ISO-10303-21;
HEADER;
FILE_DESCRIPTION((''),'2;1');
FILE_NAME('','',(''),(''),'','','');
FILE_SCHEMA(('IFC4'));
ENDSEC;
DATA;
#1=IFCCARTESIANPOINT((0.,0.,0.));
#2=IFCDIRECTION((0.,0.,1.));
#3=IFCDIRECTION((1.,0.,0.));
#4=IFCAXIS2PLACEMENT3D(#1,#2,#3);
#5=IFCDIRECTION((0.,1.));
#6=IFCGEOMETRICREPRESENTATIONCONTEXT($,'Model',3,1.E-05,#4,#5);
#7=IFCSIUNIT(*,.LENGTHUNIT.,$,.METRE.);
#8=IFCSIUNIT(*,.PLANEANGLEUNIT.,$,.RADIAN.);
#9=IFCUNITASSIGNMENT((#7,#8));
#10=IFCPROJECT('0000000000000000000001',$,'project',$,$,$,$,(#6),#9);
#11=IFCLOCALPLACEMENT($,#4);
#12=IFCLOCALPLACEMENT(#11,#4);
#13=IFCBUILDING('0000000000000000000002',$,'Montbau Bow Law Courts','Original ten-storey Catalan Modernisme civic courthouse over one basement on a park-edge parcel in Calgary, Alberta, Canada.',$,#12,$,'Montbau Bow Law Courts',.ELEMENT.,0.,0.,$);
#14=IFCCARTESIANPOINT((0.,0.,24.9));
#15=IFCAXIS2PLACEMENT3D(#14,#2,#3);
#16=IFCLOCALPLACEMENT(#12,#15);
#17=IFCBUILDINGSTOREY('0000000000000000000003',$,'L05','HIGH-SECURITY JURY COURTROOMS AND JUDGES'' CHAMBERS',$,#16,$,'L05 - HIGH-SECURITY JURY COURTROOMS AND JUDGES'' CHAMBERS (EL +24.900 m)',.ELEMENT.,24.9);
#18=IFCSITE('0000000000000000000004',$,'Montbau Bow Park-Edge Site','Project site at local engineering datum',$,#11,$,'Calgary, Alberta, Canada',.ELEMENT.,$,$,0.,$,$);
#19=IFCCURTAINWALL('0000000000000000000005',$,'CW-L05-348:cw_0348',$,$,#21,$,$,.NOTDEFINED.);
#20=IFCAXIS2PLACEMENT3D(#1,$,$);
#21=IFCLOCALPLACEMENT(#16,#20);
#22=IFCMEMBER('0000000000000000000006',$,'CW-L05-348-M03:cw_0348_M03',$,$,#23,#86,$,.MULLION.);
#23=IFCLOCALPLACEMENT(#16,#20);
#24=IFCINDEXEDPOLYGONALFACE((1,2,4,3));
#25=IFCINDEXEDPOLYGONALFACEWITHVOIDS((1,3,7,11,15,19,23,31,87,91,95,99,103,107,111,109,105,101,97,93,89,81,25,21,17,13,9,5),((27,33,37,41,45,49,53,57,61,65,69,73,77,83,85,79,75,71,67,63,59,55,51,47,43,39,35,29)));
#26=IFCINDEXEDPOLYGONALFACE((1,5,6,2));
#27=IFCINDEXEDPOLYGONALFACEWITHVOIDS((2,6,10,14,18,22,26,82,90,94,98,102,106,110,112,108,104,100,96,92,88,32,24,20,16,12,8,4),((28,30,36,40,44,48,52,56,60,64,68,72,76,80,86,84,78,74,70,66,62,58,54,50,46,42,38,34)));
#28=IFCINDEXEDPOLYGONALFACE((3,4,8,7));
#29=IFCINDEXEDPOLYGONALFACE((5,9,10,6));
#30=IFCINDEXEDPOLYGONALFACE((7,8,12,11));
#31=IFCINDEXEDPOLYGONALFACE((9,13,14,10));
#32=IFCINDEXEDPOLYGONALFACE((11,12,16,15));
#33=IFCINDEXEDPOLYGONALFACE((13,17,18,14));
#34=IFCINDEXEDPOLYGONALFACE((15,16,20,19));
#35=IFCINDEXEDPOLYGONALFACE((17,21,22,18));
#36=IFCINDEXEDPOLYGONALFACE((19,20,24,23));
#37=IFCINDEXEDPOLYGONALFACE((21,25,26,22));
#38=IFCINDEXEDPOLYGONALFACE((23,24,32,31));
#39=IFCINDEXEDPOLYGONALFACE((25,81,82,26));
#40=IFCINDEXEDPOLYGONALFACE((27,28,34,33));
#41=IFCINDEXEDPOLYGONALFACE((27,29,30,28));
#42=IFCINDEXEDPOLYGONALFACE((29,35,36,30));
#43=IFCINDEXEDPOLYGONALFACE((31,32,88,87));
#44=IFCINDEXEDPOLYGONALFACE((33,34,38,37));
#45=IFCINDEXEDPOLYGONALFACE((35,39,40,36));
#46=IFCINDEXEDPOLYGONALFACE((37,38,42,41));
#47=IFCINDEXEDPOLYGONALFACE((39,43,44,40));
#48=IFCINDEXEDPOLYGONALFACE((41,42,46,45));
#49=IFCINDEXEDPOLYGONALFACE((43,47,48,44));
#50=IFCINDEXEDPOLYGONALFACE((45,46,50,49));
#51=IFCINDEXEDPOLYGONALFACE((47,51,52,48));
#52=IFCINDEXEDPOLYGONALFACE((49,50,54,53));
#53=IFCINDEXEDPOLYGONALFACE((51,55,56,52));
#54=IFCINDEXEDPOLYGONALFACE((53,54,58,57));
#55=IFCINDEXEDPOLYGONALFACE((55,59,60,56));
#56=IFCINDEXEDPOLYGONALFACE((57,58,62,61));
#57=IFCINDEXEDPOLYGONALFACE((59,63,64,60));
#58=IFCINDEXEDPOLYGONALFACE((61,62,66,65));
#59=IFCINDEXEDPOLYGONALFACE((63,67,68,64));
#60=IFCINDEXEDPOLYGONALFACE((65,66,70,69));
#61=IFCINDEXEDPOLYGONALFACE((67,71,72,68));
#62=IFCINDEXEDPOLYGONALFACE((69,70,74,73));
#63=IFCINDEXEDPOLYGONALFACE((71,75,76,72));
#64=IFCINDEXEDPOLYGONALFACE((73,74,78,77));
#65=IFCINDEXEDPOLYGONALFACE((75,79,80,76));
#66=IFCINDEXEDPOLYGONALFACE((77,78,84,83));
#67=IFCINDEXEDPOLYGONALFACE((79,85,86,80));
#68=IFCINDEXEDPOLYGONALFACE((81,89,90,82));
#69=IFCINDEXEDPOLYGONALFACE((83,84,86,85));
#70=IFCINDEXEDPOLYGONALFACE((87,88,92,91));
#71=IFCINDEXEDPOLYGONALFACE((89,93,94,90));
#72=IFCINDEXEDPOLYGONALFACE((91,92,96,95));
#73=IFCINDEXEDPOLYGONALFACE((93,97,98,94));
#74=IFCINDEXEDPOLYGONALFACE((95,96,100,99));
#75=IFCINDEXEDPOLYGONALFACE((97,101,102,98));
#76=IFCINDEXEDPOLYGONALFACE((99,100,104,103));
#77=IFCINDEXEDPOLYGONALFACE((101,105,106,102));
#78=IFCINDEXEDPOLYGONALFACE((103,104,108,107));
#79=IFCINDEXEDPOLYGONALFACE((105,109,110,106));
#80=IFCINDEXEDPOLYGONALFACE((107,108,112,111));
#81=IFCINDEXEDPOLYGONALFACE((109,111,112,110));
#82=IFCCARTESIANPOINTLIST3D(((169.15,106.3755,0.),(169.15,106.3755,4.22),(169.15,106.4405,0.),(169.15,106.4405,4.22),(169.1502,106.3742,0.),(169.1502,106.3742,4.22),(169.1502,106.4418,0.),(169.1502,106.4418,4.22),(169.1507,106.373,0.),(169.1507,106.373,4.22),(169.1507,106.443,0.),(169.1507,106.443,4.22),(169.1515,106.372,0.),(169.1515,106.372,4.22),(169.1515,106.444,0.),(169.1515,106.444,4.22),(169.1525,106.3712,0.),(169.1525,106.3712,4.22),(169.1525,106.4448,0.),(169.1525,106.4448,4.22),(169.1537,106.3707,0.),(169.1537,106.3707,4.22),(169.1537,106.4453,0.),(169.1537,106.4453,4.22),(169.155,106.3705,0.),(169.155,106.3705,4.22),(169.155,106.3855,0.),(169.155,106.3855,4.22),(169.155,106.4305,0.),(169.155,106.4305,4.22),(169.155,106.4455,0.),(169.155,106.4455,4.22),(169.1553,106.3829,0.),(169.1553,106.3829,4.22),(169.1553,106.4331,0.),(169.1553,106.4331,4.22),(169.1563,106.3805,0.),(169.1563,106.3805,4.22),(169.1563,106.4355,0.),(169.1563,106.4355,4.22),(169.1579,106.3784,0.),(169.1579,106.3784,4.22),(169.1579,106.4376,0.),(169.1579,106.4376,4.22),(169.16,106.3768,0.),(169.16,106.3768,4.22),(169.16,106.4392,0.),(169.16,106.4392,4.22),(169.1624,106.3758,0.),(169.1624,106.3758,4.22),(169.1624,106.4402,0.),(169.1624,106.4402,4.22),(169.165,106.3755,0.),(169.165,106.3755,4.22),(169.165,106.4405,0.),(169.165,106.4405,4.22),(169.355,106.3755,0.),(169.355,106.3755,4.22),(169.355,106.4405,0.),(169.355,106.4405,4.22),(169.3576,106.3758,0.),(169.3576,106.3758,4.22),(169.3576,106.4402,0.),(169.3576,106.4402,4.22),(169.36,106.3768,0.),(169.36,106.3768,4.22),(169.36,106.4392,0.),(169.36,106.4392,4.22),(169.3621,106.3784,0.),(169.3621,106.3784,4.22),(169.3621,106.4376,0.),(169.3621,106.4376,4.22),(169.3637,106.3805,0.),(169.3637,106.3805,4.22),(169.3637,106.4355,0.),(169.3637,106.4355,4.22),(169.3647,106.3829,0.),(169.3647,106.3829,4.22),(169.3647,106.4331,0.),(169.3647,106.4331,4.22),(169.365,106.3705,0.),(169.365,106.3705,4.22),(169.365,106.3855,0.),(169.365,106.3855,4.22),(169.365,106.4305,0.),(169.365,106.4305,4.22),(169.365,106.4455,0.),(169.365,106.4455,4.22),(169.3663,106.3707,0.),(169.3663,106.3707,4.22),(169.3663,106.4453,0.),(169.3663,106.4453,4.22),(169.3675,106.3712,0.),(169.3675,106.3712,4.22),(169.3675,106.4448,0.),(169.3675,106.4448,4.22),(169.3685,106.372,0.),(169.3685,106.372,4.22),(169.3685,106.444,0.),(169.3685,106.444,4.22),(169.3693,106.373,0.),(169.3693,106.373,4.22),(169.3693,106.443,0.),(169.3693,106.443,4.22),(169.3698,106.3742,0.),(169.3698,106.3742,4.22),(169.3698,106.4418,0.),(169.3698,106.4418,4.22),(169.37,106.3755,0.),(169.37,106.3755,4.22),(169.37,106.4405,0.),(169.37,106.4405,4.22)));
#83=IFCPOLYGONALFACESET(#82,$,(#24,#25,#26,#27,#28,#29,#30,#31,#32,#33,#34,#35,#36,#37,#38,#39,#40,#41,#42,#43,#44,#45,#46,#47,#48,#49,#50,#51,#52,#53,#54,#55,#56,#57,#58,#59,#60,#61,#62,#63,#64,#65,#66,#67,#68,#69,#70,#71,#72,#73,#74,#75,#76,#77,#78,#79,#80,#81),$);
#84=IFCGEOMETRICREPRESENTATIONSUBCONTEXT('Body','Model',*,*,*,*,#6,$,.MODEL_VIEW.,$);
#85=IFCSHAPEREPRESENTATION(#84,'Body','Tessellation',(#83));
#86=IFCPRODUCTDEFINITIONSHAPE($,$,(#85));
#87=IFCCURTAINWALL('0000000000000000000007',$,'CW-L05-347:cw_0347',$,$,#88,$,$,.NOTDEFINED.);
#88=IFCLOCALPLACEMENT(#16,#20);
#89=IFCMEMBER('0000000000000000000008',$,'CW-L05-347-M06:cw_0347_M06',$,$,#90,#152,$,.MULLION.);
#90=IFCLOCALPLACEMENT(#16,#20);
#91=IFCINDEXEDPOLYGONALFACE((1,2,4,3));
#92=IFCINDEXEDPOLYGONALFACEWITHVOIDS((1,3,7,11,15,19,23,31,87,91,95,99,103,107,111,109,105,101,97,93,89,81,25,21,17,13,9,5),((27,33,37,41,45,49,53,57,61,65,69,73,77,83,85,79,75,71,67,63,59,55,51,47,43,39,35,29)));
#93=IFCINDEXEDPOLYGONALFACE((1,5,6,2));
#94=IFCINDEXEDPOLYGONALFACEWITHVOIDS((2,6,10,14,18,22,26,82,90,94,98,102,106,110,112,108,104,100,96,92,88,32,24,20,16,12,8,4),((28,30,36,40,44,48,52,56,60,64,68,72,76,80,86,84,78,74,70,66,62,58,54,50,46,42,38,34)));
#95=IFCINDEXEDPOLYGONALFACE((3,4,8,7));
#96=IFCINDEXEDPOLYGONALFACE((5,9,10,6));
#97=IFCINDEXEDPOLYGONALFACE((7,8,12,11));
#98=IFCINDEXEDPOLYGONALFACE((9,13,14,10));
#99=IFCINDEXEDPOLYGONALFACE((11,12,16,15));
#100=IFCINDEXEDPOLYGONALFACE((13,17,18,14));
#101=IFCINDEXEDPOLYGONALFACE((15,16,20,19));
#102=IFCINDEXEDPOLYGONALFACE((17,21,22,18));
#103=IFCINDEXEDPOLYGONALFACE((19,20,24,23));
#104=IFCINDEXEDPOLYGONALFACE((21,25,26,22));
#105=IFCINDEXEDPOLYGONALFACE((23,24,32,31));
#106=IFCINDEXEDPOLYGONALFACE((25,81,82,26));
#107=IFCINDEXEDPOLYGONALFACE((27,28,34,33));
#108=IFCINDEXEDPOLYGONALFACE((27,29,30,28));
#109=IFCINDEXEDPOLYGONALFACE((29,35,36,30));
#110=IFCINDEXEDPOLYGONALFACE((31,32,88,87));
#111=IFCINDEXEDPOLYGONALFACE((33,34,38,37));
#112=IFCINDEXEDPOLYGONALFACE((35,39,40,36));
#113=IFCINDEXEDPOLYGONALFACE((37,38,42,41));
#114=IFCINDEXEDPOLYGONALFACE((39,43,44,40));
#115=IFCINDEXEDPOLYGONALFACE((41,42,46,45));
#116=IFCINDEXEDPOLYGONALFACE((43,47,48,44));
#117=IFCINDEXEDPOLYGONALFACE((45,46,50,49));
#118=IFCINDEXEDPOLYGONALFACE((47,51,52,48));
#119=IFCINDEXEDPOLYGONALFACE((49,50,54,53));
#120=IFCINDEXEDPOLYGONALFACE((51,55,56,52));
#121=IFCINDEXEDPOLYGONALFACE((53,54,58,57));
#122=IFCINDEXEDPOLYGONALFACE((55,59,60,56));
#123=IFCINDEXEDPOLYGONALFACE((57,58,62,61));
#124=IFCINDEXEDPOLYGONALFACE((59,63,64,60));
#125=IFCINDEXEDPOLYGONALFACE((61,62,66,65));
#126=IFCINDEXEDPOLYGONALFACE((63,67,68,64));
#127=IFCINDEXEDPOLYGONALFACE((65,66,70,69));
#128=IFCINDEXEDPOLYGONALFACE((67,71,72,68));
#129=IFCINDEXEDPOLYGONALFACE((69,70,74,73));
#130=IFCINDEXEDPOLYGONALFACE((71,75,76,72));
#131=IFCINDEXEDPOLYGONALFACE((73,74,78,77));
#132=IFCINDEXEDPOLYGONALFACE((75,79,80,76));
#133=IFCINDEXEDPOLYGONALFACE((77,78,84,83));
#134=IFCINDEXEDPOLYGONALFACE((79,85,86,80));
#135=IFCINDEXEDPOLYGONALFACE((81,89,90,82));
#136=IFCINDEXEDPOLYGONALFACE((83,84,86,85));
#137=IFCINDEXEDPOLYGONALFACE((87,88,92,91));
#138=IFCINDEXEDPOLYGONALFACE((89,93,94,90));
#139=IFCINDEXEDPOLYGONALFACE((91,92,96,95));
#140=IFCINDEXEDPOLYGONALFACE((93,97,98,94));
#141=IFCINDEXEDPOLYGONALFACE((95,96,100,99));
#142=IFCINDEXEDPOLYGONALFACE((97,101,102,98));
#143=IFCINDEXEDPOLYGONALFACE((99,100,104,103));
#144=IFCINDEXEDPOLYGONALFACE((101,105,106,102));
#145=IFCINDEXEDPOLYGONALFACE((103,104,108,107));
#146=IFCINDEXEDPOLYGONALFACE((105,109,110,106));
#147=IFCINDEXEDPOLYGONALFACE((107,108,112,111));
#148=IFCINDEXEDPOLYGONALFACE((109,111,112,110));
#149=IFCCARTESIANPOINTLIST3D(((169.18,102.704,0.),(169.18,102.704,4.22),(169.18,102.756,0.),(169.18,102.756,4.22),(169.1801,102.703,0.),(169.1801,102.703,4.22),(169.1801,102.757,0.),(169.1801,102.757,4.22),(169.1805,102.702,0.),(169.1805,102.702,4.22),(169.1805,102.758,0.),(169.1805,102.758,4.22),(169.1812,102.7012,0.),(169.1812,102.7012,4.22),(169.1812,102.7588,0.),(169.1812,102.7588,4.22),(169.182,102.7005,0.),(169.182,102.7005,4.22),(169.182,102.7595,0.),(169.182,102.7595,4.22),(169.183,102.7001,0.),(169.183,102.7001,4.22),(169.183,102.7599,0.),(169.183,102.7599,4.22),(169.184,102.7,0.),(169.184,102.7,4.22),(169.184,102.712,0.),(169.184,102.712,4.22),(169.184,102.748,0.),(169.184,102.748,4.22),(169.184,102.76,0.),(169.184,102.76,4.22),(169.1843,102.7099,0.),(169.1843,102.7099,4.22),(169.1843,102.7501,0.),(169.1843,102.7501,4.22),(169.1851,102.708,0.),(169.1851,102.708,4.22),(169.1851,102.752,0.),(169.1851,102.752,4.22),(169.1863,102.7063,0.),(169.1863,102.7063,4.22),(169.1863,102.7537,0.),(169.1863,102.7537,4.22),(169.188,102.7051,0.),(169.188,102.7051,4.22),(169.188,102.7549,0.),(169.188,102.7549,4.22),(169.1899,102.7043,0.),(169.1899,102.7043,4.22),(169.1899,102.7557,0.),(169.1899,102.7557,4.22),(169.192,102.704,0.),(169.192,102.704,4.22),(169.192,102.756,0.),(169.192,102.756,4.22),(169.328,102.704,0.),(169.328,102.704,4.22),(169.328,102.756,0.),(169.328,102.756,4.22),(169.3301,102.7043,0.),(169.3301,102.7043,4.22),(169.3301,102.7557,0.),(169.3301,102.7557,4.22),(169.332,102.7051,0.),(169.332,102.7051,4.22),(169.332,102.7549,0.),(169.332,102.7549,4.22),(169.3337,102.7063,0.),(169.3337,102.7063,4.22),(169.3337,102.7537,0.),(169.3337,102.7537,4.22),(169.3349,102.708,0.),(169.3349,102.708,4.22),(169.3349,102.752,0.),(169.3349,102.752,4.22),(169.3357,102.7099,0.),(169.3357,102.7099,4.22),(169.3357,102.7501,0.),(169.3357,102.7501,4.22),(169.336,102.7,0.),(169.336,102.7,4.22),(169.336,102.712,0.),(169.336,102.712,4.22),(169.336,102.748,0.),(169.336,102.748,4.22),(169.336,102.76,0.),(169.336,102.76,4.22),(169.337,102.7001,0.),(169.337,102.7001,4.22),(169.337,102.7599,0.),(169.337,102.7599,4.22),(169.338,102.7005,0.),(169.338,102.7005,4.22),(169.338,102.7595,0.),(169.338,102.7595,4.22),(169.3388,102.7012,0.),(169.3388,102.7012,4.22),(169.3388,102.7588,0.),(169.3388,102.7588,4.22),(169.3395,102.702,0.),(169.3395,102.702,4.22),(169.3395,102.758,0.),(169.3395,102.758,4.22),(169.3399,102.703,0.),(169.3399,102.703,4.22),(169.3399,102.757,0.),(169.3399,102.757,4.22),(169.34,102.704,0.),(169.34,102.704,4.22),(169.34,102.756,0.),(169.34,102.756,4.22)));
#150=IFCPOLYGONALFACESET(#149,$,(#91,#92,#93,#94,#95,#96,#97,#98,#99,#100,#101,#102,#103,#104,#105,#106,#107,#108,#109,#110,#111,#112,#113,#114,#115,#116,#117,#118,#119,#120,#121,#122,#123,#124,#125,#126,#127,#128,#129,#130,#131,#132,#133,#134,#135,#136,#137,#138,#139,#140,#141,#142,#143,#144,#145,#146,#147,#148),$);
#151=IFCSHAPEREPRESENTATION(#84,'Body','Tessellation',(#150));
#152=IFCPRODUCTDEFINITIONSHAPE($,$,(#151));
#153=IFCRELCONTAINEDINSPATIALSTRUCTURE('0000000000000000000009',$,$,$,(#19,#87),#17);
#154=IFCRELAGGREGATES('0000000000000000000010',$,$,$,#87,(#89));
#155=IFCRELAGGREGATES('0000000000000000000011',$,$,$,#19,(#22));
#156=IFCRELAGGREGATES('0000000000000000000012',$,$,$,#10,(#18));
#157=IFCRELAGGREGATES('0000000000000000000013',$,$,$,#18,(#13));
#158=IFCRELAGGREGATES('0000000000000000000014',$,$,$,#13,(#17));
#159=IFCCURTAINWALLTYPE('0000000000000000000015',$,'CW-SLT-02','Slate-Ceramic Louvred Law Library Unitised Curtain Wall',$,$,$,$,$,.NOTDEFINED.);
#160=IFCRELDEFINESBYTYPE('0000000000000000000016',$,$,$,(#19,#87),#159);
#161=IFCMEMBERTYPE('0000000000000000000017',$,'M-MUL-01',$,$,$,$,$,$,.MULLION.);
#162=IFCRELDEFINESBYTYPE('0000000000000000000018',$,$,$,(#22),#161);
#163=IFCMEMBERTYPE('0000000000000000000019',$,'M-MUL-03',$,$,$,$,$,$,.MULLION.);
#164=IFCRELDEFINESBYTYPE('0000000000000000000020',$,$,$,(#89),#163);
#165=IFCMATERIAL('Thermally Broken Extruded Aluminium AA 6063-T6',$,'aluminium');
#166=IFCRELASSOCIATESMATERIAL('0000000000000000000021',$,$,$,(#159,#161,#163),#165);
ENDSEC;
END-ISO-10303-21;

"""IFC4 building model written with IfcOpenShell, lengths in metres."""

from ifc_helpers import new_model, si_unit, direction, frame, origin_with_axes, origin_2d_with_axis, place, context, subcontext, project, spatial, hollow_rectangle, extrude, material, material_profile, profile_set, type_object, element, aggregate, save


model = new_model("IFC4")

# Units and contexts
model_context = context("Model", 3, precision=1e-05, world=origin_with_axes(), true_north=direction((0.0, 1.0)))
body_context = subcontext(model_context, "Body", "Model", "MODEL_VIEW")
ifc_project = project(units=[si_unit("LENGTHUNIT", "METRE"), si_unit("PLANEANGLEUNIT", "RADIAN")], contexts=[model_context])

# Site, building, storey
site_placement = place(None, origin_with_axes())
site = spatial("IfcSite", under=ifc_project, at=site_placement, Name="Montbau Bow Park-Edge Site", Description="Project site at local engineering datum", LongName="Calgary, Alberta, Canada", CompositionType="ELEMENT", RefElevation=0.0)
building_placement = place(site_placement, origin_with_axes())
building = spatial("IfcBuilding", under=site, at=building_placement, Name="Montbau Bow Law Courts", Description="Original ten-storey Catalan Modernisme civic courthouse over one basement on a park-edge parcel in Calgary, Alberta, Canada.", LongName="Montbau Bow Law Courts", CompositionType="ELEMENT", ElevationOfRefHeight=0.0, ElevationOfTerrain=0.0)
storey_placement = place(building_placement, frame((0.0, 0.0, 24.9), z_axis=(0.0, 0.0, 1.0), x_axis=(1.0, 0.0, 0.0)))
storey = spatial("IfcBuildingStorey", under=building, at=storey_placement, Name="L05", Description="HIGH-SECURITY JURY COURTROOMS AND JUDGES' CHAMBERS", LongName="L05 - HIGH-SECURITY JURY COURTROOMS AND JUDGES' CHAMBERS (EL +24.900 m)", CompositionType="ELEMENT", Elevation=24.9)

# Curtain wall, member
ifc_material_1 = material(Name="Thermally Broken Extruded Aluminium AA 6063-T6", Category="aluminium")
curtain_wall_type = type_object("IfcCurtainWallType", Name="CW-SLT-02", Description="Slate-Ceramic Louvred Law Library Unitised Curtain Wall", PredefinedType="NOTDEFINED", material=ifc_material_1)
curtain_wall_1_placement = place(None, frame((169.26, 103.64, 24.9), z_axis=(0.0, 0.0, 1.0), x_axis=(1.0, 0.0, 0.0)))
curtain_wall_1 = element("IfcCurtainWall", 1, at=curtain_wall_1_placement, inside=storey, type_object=curtain_wall_type, Name="CW-L05-348:cw_0348", PredefinedType="NOTDEFINED")
ifc_material_profile_1 = material_profile(ifc_material_1, hollow_rectangle(XDim=0.075, YDim=0.22, WallThickness=0.005, InnerFilletRadius=0.01, OuterFilletRadius=0.005, at=origin_2d_with_axis()), Name="CWM-220X75", Category="Main", Priority=0)
ifc_profile_set_1 = profile_set([ifc_material_profile_1], Name="Thermally Broken Extruded Aluminium AA 6063-T6")
member_type_1 = type_object("IfcMemberType", Name="M-MUL-01", PredefinedType="MULLION", material=ifc_profile_set_1)
member_1_placement = place(None, frame((169.26, 106.408, 24.9), z_axis=(0.0, 0.0, 1.0), x_axis=(0.0, 1.0, 0.0)))
member_1 = element("IfcMember", 2, at=member_1_placement, type_object=member_type_1, Name="CW-L05-348-M03:cw_0348_M03", PredefinedType="MULLION", context=body_context, shape_type="SweptSolid", body=[
    extrude(hollow_rectangle(XDim=0.075, YDim=0.22, WallThickness=0.005, InnerFilletRadius=0.01, OuterFilletRadius=0.005, at=origin_2d_with_axis()), origin_with_axes(), (0.0, 0.0, 1.0), 4.22),
])

# Curtain wall, member
curtain_wall_2_placement = place(None, frame((169.26, 95.24, 24.9), z_axis=(0.0, 0.0, 1.0), x_axis=(1.0, 0.0, 0.0)))
curtain_wall_2 = element("IfcCurtainWall", 3, at=curtain_wall_2_placement, inside=storey, type_object=curtain_wall_type, Name="CW-L05-347:cw_0347", PredefinedType="NOTDEFINED")
ifc_material_profile_2 = material_profile(ifc_material_1, hollow_rectangle(XDim=0.06, YDim=0.16, WallThickness=0.004, InnerFilletRadius=0.008, OuterFilletRadius=0.004, at=origin_2d_with_axis()), Name="CWM-160X60", Category="Main", Priority=0)
ifc_profile_set_2 = profile_set([ifc_material_profile_2], Name="Thermally Broken Extruded Aluminium AA 6063-T6")
member_type_2 = type_object("IfcMemberType", Name="M-MUL-03", PredefinedType="MULLION", material=ifc_profile_set_2)
member_2_placement = place(None, frame((169.26, 102.73, 24.9), z_axis=(0.0, 0.0, 1.0), x_axis=(0.0, 1.0, 0.0)))
member_2 = element("IfcMember", 4, at=member_2_placement, type_object=member_type_2, Name="CW-L05-347-M06:cw_0347_M06", PredefinedType="MULLION", context=body_context, shape_type="SweptSolid", body=[
    extrude(hollow_rectangle(XDim=0.06, YDim=0.16, WallThickness=0.004, InnerFilletRadius=0.008, OuterFilletRadius=0.004, at=origin_2d_with_axis()), origin_with_axes(), (0.0, 0.0, 1.0), 4.22),
])

aggregate(curtain_wall_2, [member_2])
aggregate(curtain_wall_1, [member_1])

save(model, "model.ifc")
